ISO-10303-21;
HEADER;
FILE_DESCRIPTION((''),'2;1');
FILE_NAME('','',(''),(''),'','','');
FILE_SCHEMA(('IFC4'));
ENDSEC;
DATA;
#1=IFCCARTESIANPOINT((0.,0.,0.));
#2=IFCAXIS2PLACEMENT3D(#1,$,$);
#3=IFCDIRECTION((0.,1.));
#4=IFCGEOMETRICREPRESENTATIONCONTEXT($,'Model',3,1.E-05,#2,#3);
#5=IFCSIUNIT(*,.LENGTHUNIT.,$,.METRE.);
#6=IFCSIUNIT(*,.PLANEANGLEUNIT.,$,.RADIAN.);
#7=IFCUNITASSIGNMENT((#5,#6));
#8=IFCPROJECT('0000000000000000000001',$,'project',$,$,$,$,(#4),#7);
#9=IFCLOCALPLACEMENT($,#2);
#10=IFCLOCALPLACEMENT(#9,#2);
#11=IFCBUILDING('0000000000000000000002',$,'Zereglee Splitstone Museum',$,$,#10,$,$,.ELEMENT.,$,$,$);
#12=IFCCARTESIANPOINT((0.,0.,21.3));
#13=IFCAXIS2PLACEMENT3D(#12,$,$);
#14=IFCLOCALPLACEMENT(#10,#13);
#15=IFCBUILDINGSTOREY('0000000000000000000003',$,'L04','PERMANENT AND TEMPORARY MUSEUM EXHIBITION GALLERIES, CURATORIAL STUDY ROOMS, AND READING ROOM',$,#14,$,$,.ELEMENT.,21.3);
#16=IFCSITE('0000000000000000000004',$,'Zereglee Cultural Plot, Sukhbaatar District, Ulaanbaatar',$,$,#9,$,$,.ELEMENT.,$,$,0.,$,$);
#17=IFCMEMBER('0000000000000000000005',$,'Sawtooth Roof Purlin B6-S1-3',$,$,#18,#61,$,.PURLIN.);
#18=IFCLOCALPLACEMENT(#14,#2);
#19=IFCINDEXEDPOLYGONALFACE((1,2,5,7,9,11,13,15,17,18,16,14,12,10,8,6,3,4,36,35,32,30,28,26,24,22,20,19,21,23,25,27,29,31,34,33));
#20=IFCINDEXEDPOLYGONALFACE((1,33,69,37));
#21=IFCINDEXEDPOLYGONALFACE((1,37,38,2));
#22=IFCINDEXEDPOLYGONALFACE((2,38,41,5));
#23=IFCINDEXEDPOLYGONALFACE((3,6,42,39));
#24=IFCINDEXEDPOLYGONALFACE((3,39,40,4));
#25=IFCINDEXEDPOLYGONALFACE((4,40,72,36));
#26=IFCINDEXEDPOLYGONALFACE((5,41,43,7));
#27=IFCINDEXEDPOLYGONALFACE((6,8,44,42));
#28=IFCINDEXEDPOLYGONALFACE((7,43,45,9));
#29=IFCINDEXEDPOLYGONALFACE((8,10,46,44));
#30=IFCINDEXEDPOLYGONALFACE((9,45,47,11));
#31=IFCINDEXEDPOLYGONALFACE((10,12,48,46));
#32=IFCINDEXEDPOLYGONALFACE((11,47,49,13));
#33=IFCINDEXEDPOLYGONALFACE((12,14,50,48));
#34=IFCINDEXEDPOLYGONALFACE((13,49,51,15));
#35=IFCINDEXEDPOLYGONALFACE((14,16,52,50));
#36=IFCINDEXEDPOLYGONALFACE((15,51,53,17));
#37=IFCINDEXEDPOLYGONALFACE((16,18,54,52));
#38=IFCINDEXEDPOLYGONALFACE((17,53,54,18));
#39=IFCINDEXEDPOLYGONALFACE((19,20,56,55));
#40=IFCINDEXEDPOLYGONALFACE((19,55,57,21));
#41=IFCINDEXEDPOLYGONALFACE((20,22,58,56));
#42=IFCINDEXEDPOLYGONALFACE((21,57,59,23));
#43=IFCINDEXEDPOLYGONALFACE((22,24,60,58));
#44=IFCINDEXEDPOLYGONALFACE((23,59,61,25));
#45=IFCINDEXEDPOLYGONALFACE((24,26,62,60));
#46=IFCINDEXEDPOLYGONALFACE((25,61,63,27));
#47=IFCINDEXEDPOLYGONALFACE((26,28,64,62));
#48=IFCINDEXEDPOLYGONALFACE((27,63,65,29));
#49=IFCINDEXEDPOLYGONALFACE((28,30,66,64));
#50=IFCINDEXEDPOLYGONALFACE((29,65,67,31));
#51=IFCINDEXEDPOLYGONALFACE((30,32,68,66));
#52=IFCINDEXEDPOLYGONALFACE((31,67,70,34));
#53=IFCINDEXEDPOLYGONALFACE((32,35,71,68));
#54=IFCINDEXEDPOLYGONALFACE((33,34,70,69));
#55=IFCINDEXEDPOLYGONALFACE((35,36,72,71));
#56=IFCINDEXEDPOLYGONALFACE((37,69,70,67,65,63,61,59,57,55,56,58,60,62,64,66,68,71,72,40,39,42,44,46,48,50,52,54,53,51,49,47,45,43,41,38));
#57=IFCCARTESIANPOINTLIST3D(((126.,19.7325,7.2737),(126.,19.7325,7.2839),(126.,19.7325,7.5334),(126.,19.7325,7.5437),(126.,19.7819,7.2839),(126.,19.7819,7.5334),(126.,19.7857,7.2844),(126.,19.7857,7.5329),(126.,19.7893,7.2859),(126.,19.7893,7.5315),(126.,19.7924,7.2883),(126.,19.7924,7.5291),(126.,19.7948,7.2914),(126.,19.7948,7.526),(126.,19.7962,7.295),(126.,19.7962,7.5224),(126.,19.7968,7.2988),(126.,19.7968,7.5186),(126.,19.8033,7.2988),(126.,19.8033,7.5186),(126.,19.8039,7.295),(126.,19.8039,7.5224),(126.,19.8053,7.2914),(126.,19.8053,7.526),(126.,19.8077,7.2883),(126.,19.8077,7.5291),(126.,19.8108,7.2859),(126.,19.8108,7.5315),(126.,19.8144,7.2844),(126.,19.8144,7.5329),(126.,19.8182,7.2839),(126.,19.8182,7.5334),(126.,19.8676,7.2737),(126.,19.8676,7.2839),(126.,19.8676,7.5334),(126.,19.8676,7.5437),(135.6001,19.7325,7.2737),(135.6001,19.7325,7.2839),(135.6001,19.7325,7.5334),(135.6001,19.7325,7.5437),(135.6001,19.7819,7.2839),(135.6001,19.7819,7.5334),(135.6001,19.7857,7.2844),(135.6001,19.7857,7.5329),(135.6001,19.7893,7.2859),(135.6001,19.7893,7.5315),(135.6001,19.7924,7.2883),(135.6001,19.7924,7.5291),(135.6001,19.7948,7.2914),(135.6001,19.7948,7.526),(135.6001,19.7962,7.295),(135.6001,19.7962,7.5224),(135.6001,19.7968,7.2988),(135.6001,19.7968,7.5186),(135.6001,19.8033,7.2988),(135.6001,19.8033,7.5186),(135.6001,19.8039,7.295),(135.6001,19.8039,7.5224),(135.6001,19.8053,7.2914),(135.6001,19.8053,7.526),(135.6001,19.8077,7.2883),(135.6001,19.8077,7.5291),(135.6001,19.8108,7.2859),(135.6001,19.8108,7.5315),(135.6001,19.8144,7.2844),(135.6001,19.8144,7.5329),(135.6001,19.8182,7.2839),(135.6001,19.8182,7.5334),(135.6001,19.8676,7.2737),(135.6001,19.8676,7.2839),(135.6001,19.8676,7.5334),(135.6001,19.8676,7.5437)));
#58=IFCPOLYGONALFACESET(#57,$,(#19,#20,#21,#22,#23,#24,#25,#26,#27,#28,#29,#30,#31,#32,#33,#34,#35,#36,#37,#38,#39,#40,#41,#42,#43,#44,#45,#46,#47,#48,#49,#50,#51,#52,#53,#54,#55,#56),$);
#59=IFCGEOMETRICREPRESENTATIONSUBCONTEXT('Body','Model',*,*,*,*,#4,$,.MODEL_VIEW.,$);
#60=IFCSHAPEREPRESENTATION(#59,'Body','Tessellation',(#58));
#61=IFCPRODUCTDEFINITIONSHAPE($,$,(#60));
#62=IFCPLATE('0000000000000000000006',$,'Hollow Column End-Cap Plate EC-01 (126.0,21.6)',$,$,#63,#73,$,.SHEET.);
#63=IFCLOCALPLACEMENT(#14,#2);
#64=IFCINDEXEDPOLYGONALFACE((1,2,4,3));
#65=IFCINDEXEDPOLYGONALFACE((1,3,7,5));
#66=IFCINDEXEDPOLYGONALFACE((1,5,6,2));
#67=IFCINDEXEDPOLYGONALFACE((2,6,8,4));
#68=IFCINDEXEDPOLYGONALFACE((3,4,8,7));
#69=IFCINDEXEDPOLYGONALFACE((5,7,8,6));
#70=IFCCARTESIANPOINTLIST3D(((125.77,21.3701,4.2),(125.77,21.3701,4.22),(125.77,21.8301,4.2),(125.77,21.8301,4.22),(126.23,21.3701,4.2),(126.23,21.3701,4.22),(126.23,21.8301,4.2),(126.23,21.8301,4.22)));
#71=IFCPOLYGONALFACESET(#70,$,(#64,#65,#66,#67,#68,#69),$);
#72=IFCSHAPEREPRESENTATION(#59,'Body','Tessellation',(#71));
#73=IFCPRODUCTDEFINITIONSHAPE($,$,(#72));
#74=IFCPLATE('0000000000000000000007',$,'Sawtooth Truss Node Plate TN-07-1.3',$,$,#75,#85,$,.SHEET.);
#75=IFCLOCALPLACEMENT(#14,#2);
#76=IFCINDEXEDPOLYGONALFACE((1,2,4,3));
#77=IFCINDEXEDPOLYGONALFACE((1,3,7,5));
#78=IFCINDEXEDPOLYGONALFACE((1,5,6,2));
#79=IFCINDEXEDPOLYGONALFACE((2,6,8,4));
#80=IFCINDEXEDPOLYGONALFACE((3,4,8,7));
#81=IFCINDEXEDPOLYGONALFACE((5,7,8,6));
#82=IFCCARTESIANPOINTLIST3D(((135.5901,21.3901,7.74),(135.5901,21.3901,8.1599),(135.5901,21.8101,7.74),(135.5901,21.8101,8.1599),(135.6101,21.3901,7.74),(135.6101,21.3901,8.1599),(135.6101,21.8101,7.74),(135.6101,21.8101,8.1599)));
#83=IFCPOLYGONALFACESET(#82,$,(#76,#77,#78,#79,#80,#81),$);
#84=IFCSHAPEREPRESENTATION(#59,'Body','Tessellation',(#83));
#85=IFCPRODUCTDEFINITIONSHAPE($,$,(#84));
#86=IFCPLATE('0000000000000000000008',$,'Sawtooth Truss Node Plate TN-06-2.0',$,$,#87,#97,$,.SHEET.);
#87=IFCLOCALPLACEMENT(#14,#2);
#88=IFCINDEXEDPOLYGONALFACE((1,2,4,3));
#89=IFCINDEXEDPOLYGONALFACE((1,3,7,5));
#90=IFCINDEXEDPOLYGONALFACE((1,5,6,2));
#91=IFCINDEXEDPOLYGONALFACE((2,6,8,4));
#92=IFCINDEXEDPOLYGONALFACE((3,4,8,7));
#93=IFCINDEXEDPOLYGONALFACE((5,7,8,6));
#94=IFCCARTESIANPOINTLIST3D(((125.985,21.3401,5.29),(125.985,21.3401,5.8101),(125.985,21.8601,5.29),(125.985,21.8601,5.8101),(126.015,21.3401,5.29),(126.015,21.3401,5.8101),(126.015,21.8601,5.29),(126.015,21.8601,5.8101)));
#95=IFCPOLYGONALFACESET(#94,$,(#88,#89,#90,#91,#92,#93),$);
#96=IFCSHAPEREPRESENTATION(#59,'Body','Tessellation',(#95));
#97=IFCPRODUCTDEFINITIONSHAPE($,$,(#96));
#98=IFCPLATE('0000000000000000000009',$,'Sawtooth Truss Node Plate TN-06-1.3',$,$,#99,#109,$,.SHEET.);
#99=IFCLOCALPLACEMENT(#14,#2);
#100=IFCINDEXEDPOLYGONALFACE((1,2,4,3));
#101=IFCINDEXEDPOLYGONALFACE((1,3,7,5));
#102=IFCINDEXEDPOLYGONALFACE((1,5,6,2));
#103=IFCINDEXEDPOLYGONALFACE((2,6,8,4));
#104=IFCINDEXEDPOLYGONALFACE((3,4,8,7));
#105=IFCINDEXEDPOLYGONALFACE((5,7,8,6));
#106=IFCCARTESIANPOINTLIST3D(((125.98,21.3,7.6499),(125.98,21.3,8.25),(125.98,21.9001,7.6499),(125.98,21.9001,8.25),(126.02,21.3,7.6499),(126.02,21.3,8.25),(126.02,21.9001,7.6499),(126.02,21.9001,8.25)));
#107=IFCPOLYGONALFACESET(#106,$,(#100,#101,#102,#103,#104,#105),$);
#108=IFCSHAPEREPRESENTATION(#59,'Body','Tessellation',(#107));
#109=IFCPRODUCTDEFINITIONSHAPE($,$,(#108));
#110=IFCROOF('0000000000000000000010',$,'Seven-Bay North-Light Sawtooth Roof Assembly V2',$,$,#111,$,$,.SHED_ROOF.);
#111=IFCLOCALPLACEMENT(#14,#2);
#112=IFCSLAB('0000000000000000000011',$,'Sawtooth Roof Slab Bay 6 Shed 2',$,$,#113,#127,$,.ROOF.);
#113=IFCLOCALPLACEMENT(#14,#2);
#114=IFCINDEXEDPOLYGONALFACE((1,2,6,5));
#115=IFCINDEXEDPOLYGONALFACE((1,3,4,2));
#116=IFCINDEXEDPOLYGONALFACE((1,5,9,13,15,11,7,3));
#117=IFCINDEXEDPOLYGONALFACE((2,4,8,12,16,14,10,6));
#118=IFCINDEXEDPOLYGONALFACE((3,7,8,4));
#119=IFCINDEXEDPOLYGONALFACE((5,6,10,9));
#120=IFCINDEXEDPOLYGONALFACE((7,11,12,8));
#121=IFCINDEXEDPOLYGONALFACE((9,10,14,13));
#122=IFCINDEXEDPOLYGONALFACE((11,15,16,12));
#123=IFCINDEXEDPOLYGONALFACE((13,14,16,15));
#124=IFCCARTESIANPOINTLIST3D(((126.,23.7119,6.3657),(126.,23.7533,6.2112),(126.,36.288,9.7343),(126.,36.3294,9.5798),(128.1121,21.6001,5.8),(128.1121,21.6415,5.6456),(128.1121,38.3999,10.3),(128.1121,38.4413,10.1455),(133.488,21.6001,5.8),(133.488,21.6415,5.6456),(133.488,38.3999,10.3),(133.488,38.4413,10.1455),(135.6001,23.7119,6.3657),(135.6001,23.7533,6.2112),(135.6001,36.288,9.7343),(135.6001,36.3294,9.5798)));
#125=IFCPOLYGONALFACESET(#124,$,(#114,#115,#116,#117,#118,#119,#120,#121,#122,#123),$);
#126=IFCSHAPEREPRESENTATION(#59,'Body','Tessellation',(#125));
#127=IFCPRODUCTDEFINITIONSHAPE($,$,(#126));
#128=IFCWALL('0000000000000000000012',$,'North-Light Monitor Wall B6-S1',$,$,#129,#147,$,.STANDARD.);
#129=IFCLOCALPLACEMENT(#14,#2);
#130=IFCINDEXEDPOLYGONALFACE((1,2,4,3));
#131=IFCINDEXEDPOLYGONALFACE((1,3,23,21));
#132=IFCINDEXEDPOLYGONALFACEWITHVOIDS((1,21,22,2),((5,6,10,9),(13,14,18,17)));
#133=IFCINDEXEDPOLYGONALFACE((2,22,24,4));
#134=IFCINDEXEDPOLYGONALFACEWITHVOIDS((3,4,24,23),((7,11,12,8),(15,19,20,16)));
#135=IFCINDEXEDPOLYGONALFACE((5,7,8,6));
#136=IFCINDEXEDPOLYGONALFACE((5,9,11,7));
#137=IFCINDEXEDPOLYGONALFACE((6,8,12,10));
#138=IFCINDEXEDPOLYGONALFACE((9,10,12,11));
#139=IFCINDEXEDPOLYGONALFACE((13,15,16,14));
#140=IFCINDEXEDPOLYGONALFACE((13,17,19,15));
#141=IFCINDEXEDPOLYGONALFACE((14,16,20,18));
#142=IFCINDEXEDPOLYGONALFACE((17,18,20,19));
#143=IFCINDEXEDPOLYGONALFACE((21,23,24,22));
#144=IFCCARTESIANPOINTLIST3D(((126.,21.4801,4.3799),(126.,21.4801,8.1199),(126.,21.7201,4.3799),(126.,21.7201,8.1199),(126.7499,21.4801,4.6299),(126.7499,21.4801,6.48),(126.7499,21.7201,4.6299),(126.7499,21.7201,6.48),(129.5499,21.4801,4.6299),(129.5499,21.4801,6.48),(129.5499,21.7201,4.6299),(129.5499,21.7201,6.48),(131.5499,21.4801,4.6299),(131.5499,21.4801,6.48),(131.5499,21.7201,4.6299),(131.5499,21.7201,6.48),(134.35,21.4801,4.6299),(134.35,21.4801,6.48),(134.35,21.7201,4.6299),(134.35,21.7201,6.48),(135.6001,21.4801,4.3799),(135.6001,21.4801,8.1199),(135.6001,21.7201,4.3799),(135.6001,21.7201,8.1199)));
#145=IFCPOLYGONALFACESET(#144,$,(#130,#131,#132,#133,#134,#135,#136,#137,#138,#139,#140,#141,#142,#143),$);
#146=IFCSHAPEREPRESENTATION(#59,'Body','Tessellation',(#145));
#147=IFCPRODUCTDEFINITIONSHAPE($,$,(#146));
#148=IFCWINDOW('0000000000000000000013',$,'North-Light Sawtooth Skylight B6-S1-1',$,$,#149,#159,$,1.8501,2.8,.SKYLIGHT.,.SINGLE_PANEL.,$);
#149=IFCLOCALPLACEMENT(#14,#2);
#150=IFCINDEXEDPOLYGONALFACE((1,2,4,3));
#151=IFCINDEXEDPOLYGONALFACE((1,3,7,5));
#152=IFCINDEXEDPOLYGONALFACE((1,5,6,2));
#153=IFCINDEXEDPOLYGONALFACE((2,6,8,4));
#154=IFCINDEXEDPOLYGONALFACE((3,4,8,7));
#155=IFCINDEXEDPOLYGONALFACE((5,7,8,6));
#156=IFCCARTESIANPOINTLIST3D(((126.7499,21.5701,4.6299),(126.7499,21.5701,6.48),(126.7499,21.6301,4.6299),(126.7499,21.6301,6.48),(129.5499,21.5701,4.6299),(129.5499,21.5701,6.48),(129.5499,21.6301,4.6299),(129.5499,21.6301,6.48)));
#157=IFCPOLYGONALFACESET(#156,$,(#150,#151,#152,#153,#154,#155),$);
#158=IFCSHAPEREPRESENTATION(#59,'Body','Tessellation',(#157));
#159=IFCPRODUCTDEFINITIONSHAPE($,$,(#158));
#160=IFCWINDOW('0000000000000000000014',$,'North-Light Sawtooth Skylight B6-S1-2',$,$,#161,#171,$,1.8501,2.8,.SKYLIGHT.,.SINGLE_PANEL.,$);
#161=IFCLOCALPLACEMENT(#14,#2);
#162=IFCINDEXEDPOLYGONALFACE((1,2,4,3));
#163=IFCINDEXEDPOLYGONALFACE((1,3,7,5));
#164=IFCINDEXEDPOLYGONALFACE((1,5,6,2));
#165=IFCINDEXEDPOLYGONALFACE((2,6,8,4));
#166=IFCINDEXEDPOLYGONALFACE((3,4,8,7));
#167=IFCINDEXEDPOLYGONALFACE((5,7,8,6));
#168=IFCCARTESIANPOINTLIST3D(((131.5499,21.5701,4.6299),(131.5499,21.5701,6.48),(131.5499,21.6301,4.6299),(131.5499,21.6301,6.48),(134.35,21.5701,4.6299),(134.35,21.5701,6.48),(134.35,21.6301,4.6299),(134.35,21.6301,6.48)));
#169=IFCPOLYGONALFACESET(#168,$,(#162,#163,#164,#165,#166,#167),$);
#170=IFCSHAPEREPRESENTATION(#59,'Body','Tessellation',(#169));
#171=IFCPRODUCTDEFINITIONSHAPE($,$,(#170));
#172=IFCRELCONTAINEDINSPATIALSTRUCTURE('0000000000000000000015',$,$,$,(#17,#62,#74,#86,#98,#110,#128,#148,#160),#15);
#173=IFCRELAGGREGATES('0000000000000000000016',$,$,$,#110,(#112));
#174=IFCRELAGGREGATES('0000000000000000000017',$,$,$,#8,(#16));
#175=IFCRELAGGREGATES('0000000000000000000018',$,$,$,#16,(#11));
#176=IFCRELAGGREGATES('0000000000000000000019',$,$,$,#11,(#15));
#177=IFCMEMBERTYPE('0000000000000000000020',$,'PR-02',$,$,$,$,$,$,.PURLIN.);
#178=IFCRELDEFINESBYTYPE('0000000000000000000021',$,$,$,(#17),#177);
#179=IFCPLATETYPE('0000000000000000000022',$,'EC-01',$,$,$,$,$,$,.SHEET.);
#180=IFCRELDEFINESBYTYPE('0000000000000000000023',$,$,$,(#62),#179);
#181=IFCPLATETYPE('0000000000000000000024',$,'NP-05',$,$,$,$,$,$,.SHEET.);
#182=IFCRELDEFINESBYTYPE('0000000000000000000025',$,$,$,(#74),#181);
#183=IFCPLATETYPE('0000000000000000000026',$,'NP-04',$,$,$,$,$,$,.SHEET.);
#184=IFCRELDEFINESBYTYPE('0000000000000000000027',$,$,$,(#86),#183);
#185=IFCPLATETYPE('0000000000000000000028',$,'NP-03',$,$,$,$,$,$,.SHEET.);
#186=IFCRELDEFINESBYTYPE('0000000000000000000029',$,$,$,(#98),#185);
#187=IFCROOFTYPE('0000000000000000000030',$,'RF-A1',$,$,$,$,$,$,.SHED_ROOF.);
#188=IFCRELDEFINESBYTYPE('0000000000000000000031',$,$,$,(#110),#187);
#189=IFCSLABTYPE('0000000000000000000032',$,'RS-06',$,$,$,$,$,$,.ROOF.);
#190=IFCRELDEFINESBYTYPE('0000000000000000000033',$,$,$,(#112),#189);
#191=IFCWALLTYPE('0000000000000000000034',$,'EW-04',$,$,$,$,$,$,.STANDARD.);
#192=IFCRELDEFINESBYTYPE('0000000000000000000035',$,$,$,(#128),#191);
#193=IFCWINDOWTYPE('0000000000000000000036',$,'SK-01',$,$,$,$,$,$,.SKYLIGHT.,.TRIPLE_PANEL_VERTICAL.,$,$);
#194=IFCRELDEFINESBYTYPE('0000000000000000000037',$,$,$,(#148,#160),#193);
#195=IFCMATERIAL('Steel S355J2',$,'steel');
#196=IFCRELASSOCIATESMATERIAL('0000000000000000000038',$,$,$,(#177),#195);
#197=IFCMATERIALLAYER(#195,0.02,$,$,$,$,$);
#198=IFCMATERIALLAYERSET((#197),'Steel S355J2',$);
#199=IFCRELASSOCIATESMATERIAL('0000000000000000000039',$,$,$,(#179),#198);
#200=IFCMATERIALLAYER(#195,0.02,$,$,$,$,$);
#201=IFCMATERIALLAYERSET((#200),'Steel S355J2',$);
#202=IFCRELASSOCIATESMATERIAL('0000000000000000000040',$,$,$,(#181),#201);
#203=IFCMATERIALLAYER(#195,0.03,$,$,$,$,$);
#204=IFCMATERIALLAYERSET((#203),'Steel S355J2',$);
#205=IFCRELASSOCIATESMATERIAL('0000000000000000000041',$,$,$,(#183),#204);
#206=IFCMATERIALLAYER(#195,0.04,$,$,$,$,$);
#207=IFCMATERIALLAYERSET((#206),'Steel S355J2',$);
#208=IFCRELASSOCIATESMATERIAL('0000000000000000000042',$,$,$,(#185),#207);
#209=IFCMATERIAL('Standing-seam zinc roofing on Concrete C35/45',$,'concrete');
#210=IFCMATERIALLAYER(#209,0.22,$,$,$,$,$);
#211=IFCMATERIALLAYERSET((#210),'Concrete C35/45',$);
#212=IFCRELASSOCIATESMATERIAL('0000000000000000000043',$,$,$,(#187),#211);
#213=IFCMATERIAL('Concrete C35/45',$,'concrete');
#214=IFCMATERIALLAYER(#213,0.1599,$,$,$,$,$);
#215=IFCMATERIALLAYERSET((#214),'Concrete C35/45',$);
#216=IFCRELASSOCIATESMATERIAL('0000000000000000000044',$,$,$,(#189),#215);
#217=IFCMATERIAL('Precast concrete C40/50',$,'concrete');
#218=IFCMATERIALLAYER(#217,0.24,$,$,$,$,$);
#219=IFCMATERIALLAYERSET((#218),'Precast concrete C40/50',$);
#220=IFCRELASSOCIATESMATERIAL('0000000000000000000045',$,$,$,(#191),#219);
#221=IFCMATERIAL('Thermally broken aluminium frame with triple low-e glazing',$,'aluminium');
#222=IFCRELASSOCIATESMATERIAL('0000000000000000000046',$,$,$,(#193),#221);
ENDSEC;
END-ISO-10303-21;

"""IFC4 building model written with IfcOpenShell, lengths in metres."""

from ifc_helpers import new_model, si_unit, direction, frame, frame_2d, origin, origin_2d, place, context, subcontext, project, spatial, polyline, rectangle, i_section, outline, extrude, material, layer, layer_set, material_profile, profile_set, type_object, element, fill, aggregate, save


model = new_model("IFC4")

# Units and contexts
model_context = context("Model", 3, precision=1e-05, world=origin(), true_north=direction((0.0, 1.0)))
body_context = subcontext(model_context, "Body", "Model", "MODEL_VIEW")
ifc_project = project(units=[si_unit("LENGTHUNIT", "METRE"), si_unit("PLANEANGLEUNIT", "RADIAN")], contexts=[model_context])

# Site, building, storey
site_placement = place(None, origin())
site = spatial("IfcSite", under=ifc_project, at=site_placement, Name="Zereglee Cultural Plot, Sukhbaatar District, Ulaanbaatar", CompositionType="ELEMENT", RefElevation=0.0)
building_placement = place(site_placement, origin())
building = spatial("IfcBuilding", under=site, at=building_placement, Name="Zereglee Splitstone Museum", CompositionType="ELEMENT")
storey_placement = place(building_placement, frame((0.0, 0.0, 21.3)))
storey = spatial("IfcBuildingStorey", under=building, at=storey_placement, Name="L04", Description="PERMANENT AND TEMPORARY MUSEUM EXHIBITION GALLERIES, CURATORIAL STUDY ROOMS, AND READING ROOM", CompositionType="ELEMENT", Elevation=21.3)

# Shared definitions
ifc_material_1 = material(Name="Steel S355J2", Category="steel")

# Member
ifc_material_profile_1 = material_profile(ifc_material_1, i_section(OverallWidth=0.135, OverallDepth=0.27, WebThickness=0.0066, FlangeThickness=0.0103, FilletRadius=0.0149, at=origin_2d()), Name="IPE 270")
ifc_profile_set_1 = profile_set([ifc_material_profile_1], Name="Steel S355J2")
member_type_1 = type_object("IfcMemberType", Name="PR-02", PredefinedType="PURLIN", material=ifc_profile_set_1)
member_1_placement = place(storey_placement, frame((126.0, 19.8, 7.4087), z_axis=(1.0, 0.0, 0.0), x_axis=(0.0, 1.0, 0.0)))
element("IfcMember", 1, at=member_1_placement, inside=storey, type_object=member_type_1, Name="Sawtooth Roof Purlin B6-S1-3", PredefinedType="PURLIN", context=body_context, shape_type="SweptSolid", body=[
    extrude(i_section(OverallWidth=0.135, OverallDepth=0.27, WebThickness=0.0066, FlangeThickness=0.0103, FilletRadius=0.0149, at=origin_2d()), origin(), (0.0, 0.0, 1.0), 9.6001),
])

# Plates
ifc_layer_1 = layer(ifc_material_1, 0.02)
ifc_layer_set_1 = layer_set([ifc_layer_1], Name="Steel S355J2")
plate_type_1 = type_object("IfcPlateType", Name="EC-01", PredefinedType="SHEET", material=ifc_layer_set_1)
plate_1_placement = place(storey_placement, frame((126.0, 21.6001, 4.2), z_axis=(0.0, 0.0, 1.0), x_axis=(1.0, 0.0, 0.0)))
element("IfcPlate", 2, at=plate_1_placement, inside=storey, type_object=plate_type_1, Name="Hollow Column End-Cap Plate EC-01 (126.0,21.6)", PredefinedType="SHEET", context=body_context, shape_type="SweptSolid", body=[
    extrude(rectangle(XDim=0.46, YDim=0.46, at=origin_2d()), origin(), (0.0, 0.0, 1.0), 0.02),
])
ifc_layer_2 = layer(ifc_material_1, 0.02)
ifc_layer_set_2 = layer_set([ifc_layer_2], Name="Steel S355J2")
plate_type_2 = type_object("IfcPlateType", Name="NP-05", PredefinedType="SHEET", material=ifc_layer_set_2)
plate_2_placement = place(storey_placement, frame((135.6001, 21.6001, 7.74), z_axis=(0.0, 0.0, 1.0), x_axis=(1.0, 0.0, 0.0)))
element("IfcPlate", 3, at=plate_2_placement, inside=storey, type_object=plate_type_2, Name="Sawtooth Truss Node Plate TN-07-1.3", PredefinedType="SHEET", context=body_context, shape_type="SweptSolid", body=[
    extrude(rectangle(XDim=0.02, YDim=0.4199, at=origin_2d()), origin(), (0.0, 0.0, 1.0), 0.4199),
])
ifc_layer_3 = layer(ifc_material_1, 0.03)
ifc_layer_set_3 = layer_set([ifc_layer_3], Name="Steel S355J2")
plate_type_3 = type_object("IfcPlateType", Name="NP-04", PredefinedType="SHEET", material=ifc_layer_set_3)
plate_3_placement = place(storey_placement, frame((126.0, 21.6001, 5.29), z_axis=(0.0, 0.0, 1.0), x_axis=(1.0, 0.0, 0.0)))
element("IfcPlate", 4, at=plate_3_placement, inside=storey, type_object=plate_type_3, Name="Sawtooth Truss Node Plate TN-06-2.0", PredefinedType="SHEET", context=body_context, shape_type="SweptSolid", body=[
    extrude(rectangle(XDim=0.03, YDim=0.52, at=origin_2d()), origin(), (0.0, 0.0, 1.0), 0.52),
])
ifc_layer_4 = layer(ifc_material_1, 0.04)
ifc_layer_set_4 = layer_set([ifc_layer_4], Name="Steel S355J2")
plate_type_4 = type_object("IfcPlateType", Name="NP-03", PredefinedType="SHEET", material=ifc_layer_set_4)
plate_4_placement = place(storey_placement, frame((126.0, 21.6001, 7.6499), z_axis=(0.0, 0.0, 1.0), x_axis=(1.0, 0.0, 0.0)))
element("IfcPlate", 5, at=plate_4_placement, inside=storey, type_object=plate_type_4, Name="Sawtooth Truss Node Plate TN-06-1.3", PredefinedType="SHEET", context=body_context, shape_type="SweptSolid", body=[
    extrude(rectangle(XDim=0.04, YDim=0.6001, at=origin_2d()), origin(), (0.0, 0.0, 1.0), 0.6001),
])

# Roof, slab
ifc_material_2 = material(Name="Standing-seam zinc roofing on Concrete C35/45", Category="concrete")
ifc_layer_5 = layer(ifc_material_2, 0.22)
ifc_layer_set_5 = layer_set([ifc_layer_5], Name="Concrete C35/45")
roof_type = type_object("IfcRoofType", Name="RF-A1", PredefinedType="SHED_ROOF", material=ifc_layer_set_5)
roof_placement = place(storey_placement, origin())
roof = element("IfcRoof", 6, at=roof_placement, inside=storey, type_object=roof_type, Name="Seven-Bay North-Light Sawtooth Roof Assembly V2", PredefinedType="SHED_ROOF")
ifc_material_3 = material(Name="Concrete C35/45", Category="concrete")
ifc_layer_6 = layer(ifc_material_3, 0.1599)
ifc_layer_set_6 = layer_set([ifc_layer_6], Name="Concrete C35/45")
slab_type = type_object("IfcSlabType", Name="RS-06", PredefinedType="ROOF", material=ifc_layer_set_6)
slab_placement = place(storey_placement, frame((128.1121, 21.6001, 5.8), z_axis=(0.0, -0.258736, 0.965948), x_axis=(1.0, 0.0, 0.0)))
slab = element("IfcSlab", 7, at=slab_placement, type_object=slab_type, Name="Sawtooth Roof Slab Bay 6 Shed 2", PredefinedType="ROOF", context=body_context, shape_type="SweptSolid", body=[
    extrude(outline(polyline([(0.0, 0.0), (5.376, 0.0), (7.488, 2.1863), (7.488, 15.2057), (5.376, 17.3921), (0.0, 17.3921), (-2.1121, 15.2057), (-2.1121, 2.1863), (0.0, 0.0)])), origin(), (0.0, 0.0, -1.0), 0.1599),
])
aggregate(roof, [slab])

# Wall, openings, windows
ifc_material_4 = material(Name="Precast concrete C40/50", Category="concrete")
ifc_layer_7 = layer(ifc_material_4, 0.24)
ifc_layer_set_7 = layer_set([ifc_layer_7], Name="Precast concrete C40/50")
wall_type = type_object("IfcWallType", Name="EW-04", PredefinedType="STANDARD", material=ifc_layer_set_7)
wall_placement = place(storey_placement, frame((126.0, 21.6001, 4.3799), z_axis=(0.0, 0.0, 1.0), x_axis=(1.0, 0.0, 0.0)))
wall = element("IfcWall", 8, at=wall_placement, inside=storey, type_object=wall_type, Name="North-Light Monitor Wall B6-S1", PredefinedType="STANDARD", context=body_context, shape_type="SweptSolid", body=[
    extrude(rectangle(XDim=9.6001, YDim=0.24, at=frame_2d((4.8, 0.0))), origin(), (0.0, 0.0, 1.0), 3.74),
])
opening_1_placement = place(wall_placement, frame((0.75, 0.0, 0.25)))
opening_1 = element("IfcOpeningElement", 9, at=opening_1_placement, cuts=wall, PredefinedType="OPENING", context=body_context, shape_type="SweptSolid", body=[
    extrude(rectangle(XDim=2.8, YDim=1.8501, at=frame_2d((1.3999, 0.925))), frame((0.0, 0.1348, 0.0), z_axis=(0.0, -1.0, 0.0), x_axis=(1.0, 0.0, 0.0)), (0.0, 0.0, 1.0), 0.2698),
])
opening_2_placement = place(wall_placement, frame((5.55, 0.0, 0.25)))
opening_2 = element("IfcOpeningElement", 10, at=opening_2_placement, cuts=wall, PredefinedType="OPENING", context=body_context, shape_type="SweptSolid", body=[
    extrude(rectangle(XDim=2.8, YDim=1.8501, at=frame_2d((1.3999, 0.925))), frame((0.0, 0.1348, 0.0), z_axis=(0.0, -1.0, 0.0), x_axis=(1.0, 0.0, 0.0)), (0.0, 0.0, 1.0), 0.2698),
])
ifc_material_5 = material(Name="Thermally broken aluminium frame with triple low-e glazing", Category="aluminium")
window_type = type_object("IfcWindowType", Name="SK-01", PartitioningType="TRIPLE_PANEL_VERTICAL", PredefinedType="SKYLIGHT", material=ifc_material_5)
window_1_placement = place(opening_1_placement, origin())
window_1 = element("IfcWindow", 11, at=window_1_placement, inside=storey, type_object=window_type, Name="North-Light Sawtooth Skylight B6-S1-1", OverallHeight=1.8501, OverallWidth=2.8, PartitioningType="SINGLE_PANEL", PredefinedType="SKYLIGHT", context=body_context, shape_type="SweptSolid", body=[
    extrude(rectangle(XDim=2.8, YDim=1.8501, at=frame_2d((1.3999, 0.925))), frame((0.0, 0.03, 0.0), z_axis=(0.0, -1.0, 0.0), x_axis=(1.0, 0.0, 0.0)), (0.0, 0.0, 1.0), 0.0601),
])
fill(opening_1, window_1)
window_2_placement = place(opening_2_placement, origin())
window_2 = element("IfcWindow", 12, at=window_2_placement, inside=storey, type_object=window_type, Name="North-Light Sawtooth Skylight B6-S1-2", OverallHeight=1.8501, OverallWidth=2.8, PartitioningType="SINGLE_PANEL", PredefinedType="SKYLIGHT", context=body_context, shape_type="SweptSolid", body=[
    extrude(rectangle(XDim=2.8, YDim=1.8501, at=frame_2d((1.3999, 0.925))), frame((0.0, 0.03, 0.0), z_axis=(0.0, -1.0, 0.0), x_axis=(1.0, 0.0, 0.0)), (0.0, 0.0, 1.0), 0.0601),
])
fill(opening_2, window_2)

save(model, "model.ifc")
